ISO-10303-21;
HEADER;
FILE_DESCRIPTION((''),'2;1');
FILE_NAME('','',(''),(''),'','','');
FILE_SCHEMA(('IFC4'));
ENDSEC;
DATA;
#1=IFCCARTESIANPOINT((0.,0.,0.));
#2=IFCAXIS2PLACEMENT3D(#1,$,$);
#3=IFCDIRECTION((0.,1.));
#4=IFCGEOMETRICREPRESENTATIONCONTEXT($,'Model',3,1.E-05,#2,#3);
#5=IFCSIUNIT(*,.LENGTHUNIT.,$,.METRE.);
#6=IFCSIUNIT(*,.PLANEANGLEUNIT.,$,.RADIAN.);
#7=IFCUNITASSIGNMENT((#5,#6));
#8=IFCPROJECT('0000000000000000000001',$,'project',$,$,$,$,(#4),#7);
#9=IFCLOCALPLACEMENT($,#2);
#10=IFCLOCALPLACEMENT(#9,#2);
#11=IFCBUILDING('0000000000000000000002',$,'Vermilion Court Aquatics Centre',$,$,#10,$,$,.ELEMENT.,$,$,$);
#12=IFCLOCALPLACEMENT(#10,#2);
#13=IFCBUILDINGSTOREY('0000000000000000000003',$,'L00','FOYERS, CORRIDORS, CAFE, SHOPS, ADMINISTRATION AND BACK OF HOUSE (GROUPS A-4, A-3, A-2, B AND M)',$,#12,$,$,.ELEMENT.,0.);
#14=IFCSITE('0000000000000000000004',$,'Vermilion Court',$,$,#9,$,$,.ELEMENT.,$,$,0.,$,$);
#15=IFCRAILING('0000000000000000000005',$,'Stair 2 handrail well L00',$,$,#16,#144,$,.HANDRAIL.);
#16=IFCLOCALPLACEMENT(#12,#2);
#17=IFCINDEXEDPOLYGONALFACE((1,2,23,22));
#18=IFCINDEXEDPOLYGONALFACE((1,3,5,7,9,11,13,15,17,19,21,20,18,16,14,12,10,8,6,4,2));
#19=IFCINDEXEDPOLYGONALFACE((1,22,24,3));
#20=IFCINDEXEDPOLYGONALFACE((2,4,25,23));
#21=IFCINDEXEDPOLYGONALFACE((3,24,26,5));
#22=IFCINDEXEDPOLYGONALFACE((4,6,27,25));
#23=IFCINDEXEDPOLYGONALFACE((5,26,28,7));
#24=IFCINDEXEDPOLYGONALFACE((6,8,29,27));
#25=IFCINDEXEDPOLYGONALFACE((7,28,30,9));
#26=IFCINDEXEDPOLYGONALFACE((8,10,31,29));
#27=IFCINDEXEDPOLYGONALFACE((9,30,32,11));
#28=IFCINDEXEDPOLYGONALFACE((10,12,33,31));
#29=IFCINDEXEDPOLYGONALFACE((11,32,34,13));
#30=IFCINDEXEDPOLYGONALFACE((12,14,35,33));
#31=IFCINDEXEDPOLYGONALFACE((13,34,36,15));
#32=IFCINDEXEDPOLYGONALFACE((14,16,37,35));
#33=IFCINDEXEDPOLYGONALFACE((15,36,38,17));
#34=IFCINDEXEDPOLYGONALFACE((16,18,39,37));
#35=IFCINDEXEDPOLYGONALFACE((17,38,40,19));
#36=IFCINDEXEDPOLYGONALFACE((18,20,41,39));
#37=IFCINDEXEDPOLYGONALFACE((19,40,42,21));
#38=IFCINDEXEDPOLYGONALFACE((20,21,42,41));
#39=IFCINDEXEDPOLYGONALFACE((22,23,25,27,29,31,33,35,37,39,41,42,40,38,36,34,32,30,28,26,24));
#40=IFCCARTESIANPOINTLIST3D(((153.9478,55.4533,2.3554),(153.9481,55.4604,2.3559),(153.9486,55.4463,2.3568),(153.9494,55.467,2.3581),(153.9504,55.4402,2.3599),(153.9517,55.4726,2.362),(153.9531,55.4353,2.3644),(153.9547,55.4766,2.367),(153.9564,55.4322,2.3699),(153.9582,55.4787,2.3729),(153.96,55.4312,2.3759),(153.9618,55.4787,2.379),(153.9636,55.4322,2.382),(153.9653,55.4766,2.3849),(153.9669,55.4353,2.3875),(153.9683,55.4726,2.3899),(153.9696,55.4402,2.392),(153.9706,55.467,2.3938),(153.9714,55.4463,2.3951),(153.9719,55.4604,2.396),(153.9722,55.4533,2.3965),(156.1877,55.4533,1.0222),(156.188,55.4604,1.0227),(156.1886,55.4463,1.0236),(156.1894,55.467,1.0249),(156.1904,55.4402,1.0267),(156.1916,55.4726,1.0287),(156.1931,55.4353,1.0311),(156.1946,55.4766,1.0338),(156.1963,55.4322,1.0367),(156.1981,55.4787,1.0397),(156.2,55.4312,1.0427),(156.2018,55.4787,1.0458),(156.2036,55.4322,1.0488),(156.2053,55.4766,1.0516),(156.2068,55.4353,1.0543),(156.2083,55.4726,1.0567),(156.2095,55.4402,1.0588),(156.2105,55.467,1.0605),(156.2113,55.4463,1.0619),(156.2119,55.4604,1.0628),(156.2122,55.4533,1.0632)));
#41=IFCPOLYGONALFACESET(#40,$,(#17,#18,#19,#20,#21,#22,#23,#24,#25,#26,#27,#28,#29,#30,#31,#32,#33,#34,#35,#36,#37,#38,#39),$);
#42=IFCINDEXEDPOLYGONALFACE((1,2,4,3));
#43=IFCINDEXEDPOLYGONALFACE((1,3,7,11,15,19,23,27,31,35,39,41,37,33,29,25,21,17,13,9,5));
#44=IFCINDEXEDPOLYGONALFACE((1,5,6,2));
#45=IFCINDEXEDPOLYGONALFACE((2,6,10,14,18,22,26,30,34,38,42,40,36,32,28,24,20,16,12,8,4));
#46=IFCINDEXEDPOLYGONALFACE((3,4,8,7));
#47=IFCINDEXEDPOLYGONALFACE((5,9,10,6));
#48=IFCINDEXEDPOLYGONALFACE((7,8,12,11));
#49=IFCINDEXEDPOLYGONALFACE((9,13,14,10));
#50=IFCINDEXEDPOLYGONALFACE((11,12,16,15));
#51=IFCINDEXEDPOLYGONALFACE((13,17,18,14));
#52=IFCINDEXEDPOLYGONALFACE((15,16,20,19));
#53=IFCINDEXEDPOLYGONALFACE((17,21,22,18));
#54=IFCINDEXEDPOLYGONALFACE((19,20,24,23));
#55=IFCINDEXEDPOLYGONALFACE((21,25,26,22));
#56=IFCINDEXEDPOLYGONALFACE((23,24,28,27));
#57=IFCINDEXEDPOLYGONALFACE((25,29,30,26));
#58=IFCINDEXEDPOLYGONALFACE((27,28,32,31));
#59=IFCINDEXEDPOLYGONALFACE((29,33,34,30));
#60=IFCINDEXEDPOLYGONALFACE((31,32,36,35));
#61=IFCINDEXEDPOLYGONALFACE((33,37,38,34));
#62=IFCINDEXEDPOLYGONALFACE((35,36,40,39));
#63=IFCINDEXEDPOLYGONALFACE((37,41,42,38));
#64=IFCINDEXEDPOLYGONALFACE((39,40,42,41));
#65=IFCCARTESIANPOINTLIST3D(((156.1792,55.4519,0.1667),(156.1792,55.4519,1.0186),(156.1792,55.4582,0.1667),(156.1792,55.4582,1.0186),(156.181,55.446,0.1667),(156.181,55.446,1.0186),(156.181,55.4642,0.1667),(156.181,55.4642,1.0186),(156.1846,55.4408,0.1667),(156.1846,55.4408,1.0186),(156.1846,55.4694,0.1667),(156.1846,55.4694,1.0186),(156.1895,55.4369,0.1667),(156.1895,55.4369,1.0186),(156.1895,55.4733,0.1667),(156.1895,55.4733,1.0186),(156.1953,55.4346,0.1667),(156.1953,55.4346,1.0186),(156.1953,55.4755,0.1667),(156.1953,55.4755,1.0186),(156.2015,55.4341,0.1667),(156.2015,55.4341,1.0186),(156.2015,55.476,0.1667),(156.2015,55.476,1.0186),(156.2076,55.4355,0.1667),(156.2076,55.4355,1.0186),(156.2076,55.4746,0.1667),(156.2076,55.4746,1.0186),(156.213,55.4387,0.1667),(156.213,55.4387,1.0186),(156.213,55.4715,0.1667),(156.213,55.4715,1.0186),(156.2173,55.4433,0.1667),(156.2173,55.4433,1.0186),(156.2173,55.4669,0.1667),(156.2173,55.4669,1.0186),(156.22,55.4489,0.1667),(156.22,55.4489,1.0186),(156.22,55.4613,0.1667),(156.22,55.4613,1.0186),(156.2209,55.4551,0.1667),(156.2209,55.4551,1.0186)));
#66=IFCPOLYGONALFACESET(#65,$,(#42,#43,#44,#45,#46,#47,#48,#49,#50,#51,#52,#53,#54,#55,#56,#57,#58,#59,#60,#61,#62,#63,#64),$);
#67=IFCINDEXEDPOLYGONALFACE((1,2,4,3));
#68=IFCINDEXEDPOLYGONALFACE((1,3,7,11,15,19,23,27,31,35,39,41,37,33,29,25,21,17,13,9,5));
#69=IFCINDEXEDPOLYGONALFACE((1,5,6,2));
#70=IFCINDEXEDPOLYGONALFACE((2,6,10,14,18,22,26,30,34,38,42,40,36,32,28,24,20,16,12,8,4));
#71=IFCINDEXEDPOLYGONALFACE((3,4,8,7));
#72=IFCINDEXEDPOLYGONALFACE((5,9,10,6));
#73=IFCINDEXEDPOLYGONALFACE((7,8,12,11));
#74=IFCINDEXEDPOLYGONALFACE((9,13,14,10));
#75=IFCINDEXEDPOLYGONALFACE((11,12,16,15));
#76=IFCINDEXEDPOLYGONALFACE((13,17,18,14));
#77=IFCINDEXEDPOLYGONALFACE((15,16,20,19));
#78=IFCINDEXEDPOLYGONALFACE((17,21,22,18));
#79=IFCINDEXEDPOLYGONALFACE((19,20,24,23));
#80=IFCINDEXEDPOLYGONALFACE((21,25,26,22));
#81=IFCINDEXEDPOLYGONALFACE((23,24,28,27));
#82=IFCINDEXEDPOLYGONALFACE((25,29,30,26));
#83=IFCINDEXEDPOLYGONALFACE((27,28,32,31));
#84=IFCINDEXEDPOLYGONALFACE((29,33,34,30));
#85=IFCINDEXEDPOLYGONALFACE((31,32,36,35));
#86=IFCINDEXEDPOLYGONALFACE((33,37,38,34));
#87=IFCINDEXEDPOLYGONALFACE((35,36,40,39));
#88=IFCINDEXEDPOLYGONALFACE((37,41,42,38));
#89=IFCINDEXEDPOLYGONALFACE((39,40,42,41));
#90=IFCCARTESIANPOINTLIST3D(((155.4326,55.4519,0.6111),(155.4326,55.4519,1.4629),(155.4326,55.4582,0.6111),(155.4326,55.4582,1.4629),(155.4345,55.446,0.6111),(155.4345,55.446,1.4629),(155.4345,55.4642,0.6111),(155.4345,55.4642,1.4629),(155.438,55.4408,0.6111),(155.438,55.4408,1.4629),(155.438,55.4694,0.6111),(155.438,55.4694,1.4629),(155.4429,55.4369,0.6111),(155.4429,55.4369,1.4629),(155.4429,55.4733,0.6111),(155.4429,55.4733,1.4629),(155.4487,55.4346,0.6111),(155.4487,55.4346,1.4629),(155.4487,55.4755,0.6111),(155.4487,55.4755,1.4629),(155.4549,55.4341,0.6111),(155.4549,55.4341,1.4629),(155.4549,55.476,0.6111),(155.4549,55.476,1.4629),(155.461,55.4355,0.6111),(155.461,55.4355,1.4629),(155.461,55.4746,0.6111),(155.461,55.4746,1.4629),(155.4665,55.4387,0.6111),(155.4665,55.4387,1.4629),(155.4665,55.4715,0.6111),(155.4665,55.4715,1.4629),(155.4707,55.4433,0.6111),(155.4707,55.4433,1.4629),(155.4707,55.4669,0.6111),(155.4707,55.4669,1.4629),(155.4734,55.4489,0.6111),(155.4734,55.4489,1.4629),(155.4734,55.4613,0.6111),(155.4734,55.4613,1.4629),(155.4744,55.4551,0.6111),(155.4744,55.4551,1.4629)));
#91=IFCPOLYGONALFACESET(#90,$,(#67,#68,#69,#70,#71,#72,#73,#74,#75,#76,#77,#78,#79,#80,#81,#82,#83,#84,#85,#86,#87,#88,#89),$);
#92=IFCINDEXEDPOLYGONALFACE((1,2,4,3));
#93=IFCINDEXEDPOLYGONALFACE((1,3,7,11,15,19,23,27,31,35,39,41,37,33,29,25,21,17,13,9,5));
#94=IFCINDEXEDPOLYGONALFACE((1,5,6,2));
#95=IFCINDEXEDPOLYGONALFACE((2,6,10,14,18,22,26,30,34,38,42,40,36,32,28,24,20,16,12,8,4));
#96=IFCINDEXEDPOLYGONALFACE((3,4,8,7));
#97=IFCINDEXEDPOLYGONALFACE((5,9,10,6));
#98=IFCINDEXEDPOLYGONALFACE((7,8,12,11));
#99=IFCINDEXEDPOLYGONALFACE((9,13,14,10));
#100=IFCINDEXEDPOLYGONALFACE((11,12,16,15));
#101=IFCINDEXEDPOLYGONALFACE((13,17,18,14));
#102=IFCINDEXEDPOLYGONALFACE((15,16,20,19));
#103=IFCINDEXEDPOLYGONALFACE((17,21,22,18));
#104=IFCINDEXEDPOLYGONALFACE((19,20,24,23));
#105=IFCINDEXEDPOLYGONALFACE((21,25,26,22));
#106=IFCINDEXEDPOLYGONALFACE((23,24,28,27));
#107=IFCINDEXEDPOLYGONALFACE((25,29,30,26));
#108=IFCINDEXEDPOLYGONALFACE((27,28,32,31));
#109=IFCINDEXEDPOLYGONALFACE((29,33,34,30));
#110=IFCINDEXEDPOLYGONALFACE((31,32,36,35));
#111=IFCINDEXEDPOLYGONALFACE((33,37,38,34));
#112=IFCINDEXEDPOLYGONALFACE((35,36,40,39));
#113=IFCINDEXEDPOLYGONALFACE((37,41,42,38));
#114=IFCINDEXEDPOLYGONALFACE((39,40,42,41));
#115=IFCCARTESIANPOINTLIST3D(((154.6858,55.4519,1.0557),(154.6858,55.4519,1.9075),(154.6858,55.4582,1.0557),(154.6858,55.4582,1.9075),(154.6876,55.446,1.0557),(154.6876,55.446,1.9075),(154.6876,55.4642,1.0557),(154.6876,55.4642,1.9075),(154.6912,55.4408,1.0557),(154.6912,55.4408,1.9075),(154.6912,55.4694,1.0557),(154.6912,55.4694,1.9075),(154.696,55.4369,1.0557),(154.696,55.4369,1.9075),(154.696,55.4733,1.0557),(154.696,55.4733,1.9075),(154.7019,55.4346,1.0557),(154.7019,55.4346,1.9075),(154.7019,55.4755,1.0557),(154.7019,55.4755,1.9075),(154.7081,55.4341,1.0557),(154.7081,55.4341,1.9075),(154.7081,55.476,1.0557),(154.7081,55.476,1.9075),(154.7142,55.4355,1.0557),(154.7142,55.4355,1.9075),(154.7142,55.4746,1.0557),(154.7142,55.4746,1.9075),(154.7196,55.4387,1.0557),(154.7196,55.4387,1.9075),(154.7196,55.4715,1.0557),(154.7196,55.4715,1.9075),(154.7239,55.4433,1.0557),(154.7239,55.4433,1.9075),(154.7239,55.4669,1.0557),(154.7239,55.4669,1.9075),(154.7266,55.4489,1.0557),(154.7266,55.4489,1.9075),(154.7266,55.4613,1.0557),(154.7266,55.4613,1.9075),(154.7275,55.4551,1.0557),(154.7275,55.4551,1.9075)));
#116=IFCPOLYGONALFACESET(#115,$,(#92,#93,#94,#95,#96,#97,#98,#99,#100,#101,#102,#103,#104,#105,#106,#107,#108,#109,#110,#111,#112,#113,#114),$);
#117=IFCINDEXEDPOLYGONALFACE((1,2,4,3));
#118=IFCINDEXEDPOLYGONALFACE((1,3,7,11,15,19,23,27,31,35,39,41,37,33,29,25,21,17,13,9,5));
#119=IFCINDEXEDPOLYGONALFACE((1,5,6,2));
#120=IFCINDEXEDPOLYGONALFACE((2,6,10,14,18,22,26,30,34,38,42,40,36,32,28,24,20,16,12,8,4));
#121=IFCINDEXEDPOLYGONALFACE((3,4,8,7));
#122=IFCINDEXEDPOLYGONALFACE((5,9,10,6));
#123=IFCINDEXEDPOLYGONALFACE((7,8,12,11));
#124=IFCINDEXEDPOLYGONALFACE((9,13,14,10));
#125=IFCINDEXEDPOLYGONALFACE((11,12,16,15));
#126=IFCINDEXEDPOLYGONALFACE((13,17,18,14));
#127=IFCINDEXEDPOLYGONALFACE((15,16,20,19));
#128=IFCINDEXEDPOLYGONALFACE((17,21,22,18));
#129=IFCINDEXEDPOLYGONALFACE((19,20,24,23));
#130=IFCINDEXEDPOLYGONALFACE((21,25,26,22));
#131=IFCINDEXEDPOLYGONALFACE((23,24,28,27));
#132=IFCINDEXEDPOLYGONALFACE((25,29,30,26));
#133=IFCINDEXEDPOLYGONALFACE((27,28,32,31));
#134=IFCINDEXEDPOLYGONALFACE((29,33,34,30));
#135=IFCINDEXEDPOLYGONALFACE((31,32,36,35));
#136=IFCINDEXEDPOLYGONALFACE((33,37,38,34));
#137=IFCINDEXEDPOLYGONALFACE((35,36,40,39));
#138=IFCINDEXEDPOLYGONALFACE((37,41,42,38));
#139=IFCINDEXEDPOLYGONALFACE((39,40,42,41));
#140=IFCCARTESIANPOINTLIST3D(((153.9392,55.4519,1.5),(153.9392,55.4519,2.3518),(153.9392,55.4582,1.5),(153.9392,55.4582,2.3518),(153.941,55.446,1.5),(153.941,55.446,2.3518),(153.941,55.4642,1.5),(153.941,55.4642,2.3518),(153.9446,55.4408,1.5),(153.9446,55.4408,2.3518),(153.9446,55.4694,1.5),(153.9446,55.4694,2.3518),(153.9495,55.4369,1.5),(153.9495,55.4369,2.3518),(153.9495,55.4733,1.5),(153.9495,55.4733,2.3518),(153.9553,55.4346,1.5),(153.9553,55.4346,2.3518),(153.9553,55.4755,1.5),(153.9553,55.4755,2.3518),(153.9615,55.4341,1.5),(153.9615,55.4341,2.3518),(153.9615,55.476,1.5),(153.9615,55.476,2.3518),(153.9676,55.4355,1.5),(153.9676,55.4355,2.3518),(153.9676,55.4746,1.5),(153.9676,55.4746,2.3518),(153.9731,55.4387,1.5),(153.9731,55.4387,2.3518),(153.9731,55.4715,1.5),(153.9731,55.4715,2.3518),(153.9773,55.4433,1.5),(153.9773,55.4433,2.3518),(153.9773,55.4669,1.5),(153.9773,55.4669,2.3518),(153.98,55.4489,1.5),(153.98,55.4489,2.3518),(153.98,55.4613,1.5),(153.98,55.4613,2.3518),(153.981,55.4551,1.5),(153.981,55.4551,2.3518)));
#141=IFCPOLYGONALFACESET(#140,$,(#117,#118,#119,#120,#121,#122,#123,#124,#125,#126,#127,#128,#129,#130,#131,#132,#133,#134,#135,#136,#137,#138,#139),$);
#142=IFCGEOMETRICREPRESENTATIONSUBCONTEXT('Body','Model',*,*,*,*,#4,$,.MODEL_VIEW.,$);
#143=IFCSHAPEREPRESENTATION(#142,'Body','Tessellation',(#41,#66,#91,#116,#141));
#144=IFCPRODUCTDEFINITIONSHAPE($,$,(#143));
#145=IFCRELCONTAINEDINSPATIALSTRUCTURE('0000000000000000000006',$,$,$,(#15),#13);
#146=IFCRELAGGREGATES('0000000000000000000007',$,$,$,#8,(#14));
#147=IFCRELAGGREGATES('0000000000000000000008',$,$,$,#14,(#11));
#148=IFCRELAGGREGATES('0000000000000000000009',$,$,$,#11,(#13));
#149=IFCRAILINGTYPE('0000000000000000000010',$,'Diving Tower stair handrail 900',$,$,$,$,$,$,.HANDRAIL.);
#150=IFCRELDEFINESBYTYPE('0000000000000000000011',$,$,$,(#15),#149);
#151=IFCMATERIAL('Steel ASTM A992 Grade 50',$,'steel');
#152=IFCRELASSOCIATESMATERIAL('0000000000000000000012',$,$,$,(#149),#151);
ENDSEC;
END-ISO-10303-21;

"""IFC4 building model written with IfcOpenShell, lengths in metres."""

from ifc_helpers import new_model, si_unit, direction, frame, origin, origin_2d, place, context, subcontext, project, spatial, circle, extrude, material, type_object, element, save


model = new_model("IFC4")

# Units and contexts
model_context = context("Model", 3, precision=1e-05, world=origin(), true_north=direction((0.0, 1.0)))
body_context = subcontext(model_context, "Body", "Model", "MODEL_VIEW")
ifc_project = project(units=[si_unit("LENGTHUNIT", "METRE"), si_unit("PLANEANGLEUNIT", "RADIAN")], contexts=[model_context])

# Site, building, storey
site_placement = place(None, origin())
site = spatial("IfcSite", under=ifc_project, at=site_placement, Name="Vermilion Court", CompositionType="ELEMENT", RefElevation=0.0)
building_placement = place(site_placement, origin())
building = spatial("IfcBuilding", under=site, at=building_placement, Name="Vermilion Court Aquatics Centre", CompositionType="ELEMENT")
storey_placement = place(building_placement, origin())
storey = spatial("IfcBuildingStorey", under=building, at=storey_placement, Name="L00", Description="FOYERS, CORRIDORS, CAFE, SHOPS, ADMINISTRATION AND BACK OF HOUSE (GROUPS A-4, A-3, A-2, B AND M)", CompositionType="ELEMENT", Elevation=0.0)

# Railing
ifc_material_1 = material(Name="Steel ASTM A992 Grade 50", Category="steel")
railing_type_1 = type_object("IfcRailingType", Name="Diving Tower stair handrail 900", PredefinedType="HANDRAIL", material=ifc_material_1)
for number, where, name in (
    (1, (156.2, 55.4551, 0.1667), "Stair 2 handrail well L00"),
):
    element("IfcRailing", number, at=place(storey_placement, frame(where)), inside=storey, type_object=railing_type_1, Name=name, PredefinedType="HANDRAIL", context=body_context, shape_type="SweptSolid", body=[
        extrude(circle(Radius=0.0239, at=origin_2d()), frame((0.0, 0.0, 0.876), z_axis=(-0.859306, 0.0, 0.511462), x_axis=(0.0, -1.0, 0.0)), (0.0, 0.0, 1.0), 2.6067),
        extrude(circle(Radius=0.021, at=origin_2d()), origin(), (0.0, 0.0, 1.0), 0.8518),
        extrude(circle(Radius=0.021, at=origin_2d()), frame((-0.7466, 0.0, 0.4443)), (0.0, 0.0, 1.0), 0.8518),
        extrude(circle(Radius=0.021, at=origin_2d()), frame((-1.4934, 0.0, 0.8889)), (0.0, 0.0, 1.0), 0.8518),
        extrude(circle(Radius=0.021, at=origin_2d()), frame((-2.24, 0.0, 1.3333)), (0.0, 0.0, 1.0), 0.8518),
    ])

save(model, "model.ifc")
